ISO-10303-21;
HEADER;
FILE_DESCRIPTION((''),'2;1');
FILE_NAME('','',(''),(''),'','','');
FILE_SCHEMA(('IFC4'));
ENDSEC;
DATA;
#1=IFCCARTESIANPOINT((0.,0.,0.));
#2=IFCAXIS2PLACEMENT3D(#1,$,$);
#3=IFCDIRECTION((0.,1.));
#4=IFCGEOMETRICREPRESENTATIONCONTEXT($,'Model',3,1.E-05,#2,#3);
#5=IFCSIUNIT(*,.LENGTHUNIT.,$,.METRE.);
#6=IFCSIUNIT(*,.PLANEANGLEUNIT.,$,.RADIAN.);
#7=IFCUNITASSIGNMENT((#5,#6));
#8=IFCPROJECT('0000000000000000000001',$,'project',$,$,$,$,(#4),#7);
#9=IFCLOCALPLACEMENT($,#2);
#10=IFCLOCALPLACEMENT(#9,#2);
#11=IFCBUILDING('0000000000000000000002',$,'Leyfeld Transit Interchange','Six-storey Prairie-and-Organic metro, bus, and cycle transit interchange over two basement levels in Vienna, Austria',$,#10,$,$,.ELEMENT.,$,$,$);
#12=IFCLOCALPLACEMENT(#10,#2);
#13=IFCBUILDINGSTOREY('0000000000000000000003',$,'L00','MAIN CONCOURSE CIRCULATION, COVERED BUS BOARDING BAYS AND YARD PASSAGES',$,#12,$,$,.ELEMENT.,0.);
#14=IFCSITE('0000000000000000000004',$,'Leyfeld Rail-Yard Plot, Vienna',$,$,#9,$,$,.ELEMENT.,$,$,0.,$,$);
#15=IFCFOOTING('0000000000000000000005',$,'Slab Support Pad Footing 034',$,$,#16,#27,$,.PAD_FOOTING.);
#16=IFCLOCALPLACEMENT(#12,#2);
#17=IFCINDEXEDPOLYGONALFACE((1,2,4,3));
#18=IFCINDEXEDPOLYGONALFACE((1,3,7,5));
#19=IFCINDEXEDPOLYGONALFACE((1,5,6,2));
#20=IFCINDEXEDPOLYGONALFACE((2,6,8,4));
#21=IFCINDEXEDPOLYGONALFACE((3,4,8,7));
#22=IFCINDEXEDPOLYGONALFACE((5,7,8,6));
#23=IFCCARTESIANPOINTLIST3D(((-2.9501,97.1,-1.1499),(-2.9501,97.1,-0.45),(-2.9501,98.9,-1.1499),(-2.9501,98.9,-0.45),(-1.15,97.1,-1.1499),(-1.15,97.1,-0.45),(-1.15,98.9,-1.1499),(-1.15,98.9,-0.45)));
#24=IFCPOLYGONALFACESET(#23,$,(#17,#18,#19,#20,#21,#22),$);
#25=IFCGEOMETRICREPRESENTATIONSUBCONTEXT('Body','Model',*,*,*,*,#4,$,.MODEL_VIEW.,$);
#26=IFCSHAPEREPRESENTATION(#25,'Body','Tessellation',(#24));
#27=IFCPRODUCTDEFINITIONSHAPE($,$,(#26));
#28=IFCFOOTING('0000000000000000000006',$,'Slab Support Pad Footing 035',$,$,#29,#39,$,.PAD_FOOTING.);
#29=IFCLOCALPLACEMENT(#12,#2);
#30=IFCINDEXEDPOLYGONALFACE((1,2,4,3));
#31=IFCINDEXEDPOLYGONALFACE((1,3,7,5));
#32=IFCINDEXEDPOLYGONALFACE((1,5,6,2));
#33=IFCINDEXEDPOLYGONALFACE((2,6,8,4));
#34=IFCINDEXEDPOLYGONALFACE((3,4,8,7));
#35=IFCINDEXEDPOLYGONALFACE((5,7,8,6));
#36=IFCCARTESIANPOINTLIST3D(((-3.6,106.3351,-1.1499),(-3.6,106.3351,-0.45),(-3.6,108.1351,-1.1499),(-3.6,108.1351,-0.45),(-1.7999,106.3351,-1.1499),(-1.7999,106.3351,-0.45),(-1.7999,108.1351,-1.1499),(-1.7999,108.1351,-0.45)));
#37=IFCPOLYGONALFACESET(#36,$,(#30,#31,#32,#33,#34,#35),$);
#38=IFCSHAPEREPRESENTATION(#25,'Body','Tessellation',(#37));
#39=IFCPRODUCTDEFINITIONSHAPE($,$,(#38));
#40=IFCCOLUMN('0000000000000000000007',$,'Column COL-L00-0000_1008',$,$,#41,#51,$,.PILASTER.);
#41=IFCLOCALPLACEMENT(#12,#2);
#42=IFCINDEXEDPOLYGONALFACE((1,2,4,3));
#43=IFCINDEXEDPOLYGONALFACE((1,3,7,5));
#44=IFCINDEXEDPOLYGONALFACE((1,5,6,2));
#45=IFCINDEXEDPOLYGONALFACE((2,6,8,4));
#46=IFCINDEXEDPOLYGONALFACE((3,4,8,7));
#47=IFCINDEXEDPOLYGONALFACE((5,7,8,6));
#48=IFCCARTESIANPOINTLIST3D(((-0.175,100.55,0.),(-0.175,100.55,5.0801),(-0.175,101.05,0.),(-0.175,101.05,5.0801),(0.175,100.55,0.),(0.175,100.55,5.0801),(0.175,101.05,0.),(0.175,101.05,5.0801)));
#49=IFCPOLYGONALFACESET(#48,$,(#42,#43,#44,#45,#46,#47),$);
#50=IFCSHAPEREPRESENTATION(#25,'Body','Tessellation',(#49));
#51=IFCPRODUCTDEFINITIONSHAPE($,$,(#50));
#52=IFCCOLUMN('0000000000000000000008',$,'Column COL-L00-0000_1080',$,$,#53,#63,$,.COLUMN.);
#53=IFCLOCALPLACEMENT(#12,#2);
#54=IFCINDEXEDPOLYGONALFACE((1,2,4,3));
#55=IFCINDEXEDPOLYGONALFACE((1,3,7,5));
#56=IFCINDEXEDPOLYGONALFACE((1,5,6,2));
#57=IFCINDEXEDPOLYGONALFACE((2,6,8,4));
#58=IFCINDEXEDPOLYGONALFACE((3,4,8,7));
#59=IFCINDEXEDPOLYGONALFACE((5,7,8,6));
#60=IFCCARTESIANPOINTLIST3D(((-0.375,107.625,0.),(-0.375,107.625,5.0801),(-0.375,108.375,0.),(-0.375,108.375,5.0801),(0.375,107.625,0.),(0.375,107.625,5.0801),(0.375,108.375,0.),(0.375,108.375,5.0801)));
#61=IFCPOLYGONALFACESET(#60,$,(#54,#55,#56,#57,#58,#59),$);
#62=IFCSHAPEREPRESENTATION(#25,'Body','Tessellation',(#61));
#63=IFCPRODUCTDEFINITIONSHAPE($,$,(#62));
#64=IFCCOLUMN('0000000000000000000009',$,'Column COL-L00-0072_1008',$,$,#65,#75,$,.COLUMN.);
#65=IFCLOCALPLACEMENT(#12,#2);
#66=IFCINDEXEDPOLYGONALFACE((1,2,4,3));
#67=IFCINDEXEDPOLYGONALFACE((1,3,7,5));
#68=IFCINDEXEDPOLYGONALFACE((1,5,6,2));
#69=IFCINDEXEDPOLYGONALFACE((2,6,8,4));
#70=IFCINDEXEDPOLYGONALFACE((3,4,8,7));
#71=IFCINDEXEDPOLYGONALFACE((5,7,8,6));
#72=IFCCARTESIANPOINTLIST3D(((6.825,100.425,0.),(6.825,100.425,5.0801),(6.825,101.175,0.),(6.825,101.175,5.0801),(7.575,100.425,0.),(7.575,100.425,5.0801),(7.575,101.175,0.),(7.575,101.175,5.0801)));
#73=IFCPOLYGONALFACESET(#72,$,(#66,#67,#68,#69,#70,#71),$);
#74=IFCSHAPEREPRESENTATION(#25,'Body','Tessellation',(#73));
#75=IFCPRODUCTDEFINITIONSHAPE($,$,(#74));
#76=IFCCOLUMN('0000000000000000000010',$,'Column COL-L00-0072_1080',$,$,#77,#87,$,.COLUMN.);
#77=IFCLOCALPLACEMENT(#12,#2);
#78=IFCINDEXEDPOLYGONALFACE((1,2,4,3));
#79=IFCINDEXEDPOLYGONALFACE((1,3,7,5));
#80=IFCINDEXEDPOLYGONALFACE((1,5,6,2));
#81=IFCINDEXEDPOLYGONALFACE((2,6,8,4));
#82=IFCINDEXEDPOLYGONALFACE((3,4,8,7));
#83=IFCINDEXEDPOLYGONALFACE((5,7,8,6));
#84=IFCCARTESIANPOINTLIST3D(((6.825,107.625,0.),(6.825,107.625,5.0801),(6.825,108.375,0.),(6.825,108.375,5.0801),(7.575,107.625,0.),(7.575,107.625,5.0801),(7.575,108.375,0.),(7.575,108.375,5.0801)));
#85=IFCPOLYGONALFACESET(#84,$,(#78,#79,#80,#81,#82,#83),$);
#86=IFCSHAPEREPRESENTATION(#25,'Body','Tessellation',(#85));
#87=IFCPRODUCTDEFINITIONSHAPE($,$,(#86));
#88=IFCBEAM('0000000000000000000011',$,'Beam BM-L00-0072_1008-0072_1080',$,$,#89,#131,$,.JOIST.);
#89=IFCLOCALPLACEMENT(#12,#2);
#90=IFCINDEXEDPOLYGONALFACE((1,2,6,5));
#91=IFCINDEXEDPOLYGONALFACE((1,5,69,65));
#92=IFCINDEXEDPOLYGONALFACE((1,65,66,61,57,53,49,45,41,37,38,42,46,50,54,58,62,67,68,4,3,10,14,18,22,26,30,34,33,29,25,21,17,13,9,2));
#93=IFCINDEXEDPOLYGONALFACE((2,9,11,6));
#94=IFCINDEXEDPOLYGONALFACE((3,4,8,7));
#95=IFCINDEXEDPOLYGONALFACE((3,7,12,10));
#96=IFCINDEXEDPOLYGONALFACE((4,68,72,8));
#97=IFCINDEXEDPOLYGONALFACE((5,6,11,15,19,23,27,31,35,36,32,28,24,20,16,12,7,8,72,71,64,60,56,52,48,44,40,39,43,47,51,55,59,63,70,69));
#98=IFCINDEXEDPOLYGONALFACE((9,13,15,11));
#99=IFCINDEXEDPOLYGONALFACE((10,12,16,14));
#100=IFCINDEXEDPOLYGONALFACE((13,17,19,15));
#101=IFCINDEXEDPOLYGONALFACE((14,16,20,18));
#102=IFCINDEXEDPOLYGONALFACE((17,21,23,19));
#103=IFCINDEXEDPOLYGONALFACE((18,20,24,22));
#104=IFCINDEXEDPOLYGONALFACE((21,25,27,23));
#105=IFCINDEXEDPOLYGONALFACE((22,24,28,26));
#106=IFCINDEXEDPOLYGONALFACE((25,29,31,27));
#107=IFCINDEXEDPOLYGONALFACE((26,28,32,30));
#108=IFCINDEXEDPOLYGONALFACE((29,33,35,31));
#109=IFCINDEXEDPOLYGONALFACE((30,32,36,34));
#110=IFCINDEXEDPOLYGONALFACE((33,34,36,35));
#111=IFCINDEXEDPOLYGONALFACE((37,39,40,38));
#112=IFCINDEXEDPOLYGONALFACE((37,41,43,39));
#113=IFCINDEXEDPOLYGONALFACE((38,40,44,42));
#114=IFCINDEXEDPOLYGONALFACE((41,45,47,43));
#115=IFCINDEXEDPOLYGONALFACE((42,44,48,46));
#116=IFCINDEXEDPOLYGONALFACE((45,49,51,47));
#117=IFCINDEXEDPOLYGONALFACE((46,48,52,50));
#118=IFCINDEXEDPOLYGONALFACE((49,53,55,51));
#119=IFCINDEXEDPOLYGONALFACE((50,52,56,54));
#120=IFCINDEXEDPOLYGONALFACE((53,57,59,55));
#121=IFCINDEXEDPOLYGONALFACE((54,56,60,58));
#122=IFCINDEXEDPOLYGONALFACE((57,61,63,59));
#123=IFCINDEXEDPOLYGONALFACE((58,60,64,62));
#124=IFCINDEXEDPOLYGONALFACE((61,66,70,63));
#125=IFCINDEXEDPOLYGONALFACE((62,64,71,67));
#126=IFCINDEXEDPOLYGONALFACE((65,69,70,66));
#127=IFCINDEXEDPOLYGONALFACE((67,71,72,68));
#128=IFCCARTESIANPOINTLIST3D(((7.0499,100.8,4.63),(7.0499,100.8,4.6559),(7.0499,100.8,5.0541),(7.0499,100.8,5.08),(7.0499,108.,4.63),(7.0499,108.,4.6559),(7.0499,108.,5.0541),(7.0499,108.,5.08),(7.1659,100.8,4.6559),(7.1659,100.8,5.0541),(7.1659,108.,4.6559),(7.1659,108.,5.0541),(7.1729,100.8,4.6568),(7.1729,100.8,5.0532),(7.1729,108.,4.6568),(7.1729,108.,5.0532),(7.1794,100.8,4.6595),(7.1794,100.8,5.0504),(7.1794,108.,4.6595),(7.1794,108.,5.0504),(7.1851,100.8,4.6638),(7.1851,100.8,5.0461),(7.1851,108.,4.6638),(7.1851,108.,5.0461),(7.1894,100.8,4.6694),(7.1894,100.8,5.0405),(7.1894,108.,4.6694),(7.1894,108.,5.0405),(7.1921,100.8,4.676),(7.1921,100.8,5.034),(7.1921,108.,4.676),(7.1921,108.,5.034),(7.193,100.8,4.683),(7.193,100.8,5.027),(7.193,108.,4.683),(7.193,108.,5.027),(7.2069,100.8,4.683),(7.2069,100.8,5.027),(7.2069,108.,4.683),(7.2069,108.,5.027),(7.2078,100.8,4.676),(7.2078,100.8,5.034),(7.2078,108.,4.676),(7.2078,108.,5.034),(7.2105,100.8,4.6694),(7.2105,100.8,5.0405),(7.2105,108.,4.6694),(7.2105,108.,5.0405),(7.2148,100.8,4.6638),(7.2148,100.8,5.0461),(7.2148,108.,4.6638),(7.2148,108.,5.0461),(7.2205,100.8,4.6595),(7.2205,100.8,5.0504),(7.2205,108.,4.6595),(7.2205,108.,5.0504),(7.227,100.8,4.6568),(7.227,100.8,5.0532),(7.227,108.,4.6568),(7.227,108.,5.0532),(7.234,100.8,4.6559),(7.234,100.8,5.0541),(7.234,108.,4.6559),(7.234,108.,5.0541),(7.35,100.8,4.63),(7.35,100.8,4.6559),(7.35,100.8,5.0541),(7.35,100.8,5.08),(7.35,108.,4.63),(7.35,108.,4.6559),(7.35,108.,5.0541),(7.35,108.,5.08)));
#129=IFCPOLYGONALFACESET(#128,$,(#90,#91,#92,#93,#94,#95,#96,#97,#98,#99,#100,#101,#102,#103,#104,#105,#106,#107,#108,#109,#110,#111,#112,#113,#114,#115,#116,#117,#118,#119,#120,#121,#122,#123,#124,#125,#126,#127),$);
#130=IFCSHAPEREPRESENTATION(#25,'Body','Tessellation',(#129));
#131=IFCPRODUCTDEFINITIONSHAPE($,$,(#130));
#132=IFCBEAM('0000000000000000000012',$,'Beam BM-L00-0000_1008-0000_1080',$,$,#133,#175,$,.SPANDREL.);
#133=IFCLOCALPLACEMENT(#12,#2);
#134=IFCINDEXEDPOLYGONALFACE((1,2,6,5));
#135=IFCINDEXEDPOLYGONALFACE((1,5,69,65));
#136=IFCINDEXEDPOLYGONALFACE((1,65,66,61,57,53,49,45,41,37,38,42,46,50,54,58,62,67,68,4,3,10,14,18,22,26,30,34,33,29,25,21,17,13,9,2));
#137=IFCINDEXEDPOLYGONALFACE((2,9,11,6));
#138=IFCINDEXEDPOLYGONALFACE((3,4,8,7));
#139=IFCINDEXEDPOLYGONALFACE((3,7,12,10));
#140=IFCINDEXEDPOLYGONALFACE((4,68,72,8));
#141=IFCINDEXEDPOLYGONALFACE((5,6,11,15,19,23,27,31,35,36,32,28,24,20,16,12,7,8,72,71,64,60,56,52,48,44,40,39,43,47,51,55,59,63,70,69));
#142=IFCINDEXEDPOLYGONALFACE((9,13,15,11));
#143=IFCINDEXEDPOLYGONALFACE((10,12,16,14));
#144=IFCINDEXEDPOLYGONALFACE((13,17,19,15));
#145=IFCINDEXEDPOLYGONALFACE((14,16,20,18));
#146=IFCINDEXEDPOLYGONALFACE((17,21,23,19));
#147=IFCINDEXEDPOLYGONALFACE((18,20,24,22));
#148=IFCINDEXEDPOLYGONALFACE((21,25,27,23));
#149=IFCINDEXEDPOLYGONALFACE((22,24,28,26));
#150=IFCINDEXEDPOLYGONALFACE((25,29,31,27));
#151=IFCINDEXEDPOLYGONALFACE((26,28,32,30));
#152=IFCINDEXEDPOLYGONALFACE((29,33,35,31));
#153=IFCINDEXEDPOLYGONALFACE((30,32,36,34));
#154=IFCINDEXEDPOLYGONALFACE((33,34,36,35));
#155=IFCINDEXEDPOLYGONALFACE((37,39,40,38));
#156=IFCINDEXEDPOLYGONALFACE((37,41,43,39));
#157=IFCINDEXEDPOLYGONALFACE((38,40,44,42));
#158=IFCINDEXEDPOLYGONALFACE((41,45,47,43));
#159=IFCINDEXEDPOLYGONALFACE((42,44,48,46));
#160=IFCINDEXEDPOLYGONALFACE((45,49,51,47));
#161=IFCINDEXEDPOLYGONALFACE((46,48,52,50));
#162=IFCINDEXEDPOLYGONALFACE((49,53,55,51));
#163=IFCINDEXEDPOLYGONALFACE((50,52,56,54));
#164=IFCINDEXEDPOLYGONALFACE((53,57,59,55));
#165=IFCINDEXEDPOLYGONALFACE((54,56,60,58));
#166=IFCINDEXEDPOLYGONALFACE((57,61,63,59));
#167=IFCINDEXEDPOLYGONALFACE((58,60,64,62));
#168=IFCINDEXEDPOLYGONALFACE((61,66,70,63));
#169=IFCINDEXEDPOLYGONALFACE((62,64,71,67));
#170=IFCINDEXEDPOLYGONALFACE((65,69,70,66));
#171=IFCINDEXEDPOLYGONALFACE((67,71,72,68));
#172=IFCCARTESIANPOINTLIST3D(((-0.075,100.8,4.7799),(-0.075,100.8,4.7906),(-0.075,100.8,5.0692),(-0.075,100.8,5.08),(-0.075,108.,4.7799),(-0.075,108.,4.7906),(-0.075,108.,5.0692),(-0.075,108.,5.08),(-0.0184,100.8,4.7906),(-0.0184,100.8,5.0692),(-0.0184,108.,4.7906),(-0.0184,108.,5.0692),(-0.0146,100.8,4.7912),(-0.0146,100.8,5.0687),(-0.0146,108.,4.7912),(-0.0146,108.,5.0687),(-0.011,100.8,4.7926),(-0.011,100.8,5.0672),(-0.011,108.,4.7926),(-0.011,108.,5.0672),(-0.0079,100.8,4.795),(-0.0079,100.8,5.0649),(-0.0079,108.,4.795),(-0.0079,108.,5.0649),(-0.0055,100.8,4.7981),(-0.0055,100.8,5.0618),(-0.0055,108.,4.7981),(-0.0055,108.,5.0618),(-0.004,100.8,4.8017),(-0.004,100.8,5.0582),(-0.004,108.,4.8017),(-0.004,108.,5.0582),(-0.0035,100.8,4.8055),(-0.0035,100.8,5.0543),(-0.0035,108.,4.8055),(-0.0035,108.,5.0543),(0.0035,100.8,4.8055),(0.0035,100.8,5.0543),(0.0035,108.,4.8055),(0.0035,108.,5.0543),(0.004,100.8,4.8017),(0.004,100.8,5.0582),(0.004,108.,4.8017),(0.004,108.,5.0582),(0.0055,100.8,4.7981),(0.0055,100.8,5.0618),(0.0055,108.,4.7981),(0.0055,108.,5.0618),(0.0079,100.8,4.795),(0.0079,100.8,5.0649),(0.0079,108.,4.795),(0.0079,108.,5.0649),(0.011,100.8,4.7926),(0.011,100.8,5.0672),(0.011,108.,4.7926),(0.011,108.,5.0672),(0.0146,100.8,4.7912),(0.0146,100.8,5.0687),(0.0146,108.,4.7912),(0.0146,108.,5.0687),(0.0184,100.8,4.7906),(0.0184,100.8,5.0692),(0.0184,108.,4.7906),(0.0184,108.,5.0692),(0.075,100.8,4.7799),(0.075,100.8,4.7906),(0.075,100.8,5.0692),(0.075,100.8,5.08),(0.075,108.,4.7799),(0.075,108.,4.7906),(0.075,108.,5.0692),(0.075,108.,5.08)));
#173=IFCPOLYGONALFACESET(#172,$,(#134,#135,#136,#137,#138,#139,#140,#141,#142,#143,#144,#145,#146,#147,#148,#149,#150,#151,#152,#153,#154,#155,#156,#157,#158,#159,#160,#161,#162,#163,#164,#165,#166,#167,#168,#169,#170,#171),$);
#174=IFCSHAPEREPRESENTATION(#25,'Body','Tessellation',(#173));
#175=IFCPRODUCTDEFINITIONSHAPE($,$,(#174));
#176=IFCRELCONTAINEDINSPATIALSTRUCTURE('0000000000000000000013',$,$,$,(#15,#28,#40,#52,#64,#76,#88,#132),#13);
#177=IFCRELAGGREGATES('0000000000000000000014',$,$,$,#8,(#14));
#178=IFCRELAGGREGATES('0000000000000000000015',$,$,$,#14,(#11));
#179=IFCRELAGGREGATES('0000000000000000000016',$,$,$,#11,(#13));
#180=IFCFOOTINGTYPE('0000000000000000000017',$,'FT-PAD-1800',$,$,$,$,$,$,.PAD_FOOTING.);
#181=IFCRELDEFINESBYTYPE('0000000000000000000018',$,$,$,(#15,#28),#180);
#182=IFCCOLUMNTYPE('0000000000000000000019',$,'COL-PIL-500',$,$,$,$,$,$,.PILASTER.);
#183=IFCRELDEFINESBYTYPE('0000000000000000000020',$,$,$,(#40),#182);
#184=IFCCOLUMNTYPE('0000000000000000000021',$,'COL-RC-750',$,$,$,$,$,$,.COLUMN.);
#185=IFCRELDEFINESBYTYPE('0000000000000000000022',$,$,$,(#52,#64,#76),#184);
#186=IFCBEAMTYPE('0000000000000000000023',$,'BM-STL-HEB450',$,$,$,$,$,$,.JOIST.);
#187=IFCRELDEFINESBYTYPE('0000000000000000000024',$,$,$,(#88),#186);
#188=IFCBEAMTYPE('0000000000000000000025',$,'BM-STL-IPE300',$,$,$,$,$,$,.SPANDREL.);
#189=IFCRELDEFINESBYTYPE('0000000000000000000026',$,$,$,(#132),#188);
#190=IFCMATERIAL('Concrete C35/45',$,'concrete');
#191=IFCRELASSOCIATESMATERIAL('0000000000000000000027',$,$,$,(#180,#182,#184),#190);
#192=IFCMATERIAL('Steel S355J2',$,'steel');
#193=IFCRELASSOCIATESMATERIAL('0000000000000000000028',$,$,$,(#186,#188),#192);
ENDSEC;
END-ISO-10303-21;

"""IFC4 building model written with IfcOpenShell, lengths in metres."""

from ifc_helpers import new_model, si_unit, direction, frame, origin, origin_2d, place, context, subcontext, project, spatial, rectangle, i_section, extrude, material, material_profile, profile_set, type_object, element, save


model = new_model("IFC4")

# Units and contexts
model_context = context("Model", 3, precision=1e-05, world=origin(), true_north=direction((0.0, 1.0)))
body_context = subcontext(model_context, "Body", "Model", "MODEL_VIEW")
ifc_project = project(units=[si_unit("LENGTHUNIT", "METRE"), si_unit("PLANEANGLEUNIT", "RADIAN")], contexts=[model_context])

# Site, building, storey
site_placement = place(None, origin())
site = spatial("IfcSite", under=ifc_project, at=site_placement, Name="Leyfeld Rail-Yard Plot, Vienna", CompositionType="ELEMENT", RefElevation=0.0)
building_placement = place(site_placement, origin())
building = spatial("IfcBuilding", under=site, at=building_placement, Name="Leyfeld Transit Interchange", Description="Six-storey Prairie-and-Organic metro, bus, and cycle transit interchange over two basement levels in Vienna, Austria", CompositionType="ELEMENT")
storey_placement = place(building_placement, origin())
storey = spatial("IfcBuildingStorey", under=building, at=storey_placement, Name="L00", Description="MAIN CONCOURSE CIRCULATION, COVERED BUS BOARDING BAYS AND YARD PASSAGES", CompositionType="ELEMENT", Elevation=0.0)

# Footings
ifc_material_1 = material(Name="Concrete C35/45", Category="concrete")
footing_type = type_object("IfcFootingType", Name="FT-PAD-1800", PredefinedType="PAD_FOOTING", material=ifc_material_1)
for number, where, z_axis, x_axis, name in (
    (1, (-2.05, 98.0, -1.1499), (0.0, 0.0, 1.0), (1.0, 0.0, 0.0), "Slab Support Pad Footing 034"),
    (2, (-2.7, 107.2351, -1.1499), (0.0, 0.0, 1.0), (1.0, 0.0, 0.0), "Slab Support Pad Footing 035"),
):
    element("IfcFooting", number, at=place(storey_placement, frame(where, z_axis=z_axis, x_axis=x_axis)), inside=storey, type_object=footing_type, Name=name, PredefinedType="PAD_FOOTING", context=body_context, shape_type="SweptSolid", body=[
        extrude(rectangle(XDim=1.8, YDim=1.8, at=origin_2d()), origin(), (0.0, 0.0, 1.0), 0.7),
    ])

# Columns
ifc_material_profile_1 = material_profile(ifc_material_1, rectangle(XDim=0.3501, YDim=0.5, at=origin_2d()), Name="RC 500x350")
ifc_profile_set_1 = profile_set([ifc_material_profile_1], Name="Concrete C35/45")
column_type_1 = type_object("IfcColumnType", Name="COL-PIL-500", PredefinedType="PILASTER", material=ifc_profile_set_1)
column_placement = place(storey_placement, frame((0.0, 100.8, 0.0), z_axis=(0.0, 0.0, 1.0), x_axis=(1.0, 0.0, 0.0)))
element("IfcColumn", 3, at=column_placement, inside=storey, type_object=column_type_1, Name="Column COL-L00-0000_1008", PredefinedType="PILASTER", context=body_context, shape_type="SweptSolid", body=[
    extrude(rectangle(XDim=0.3501, YDim=0.5, at=origin_2d()), origin(), (0.0, 0.0, 1.0), 5.0801),
])
ifc_material_profile_2 = material_profile(ifc_material_1, rectangle(XDim=0.75, YDim=0.75, at=origin_2d()), Name="RC 750x750")
ifc_profile_set_2 = profile_set([ifc_material_profile_2], Name="Concrete C35/45")
column_type_2 = type_object("IfcColumnType", Name="COL-RC-750", PredefinedType="COLUMN", material=ifc_profile_set_2)
for number, where, z_axis, x_axis, name in (
    (4, (0.0, 108.0, 0.0), (0.0, 0.0, 1.0), (1.0, 0.0, 0.0), "Column COL-L00-0000_1080"),
    (5, (7.2, 100.8, 0.0), (0.0, 0.0, 1.0), (1.0, 0.0, 0.0), "Column COL-L00-0072_1008"),
    (6, (7.2, 108.0, 0.0), (0.0, 0.0, 1.0), (1.0, 0.0, 0.0), "Column COL-L00-0072_1080"),
):
    element("IfcColumn", number, at=place(storey_placement, frame(where, z_axis=z_axis, x_axis=x_axis)), inside=storey, type_object=column_type_2, Name=name, PredefinedType="COLUMN", context=body_context, shape_type="SweptSolid", body=[
        extrude(rectangle(XDim=0.75, YDim=0.75, at=origin_2d()), origin(), (0.0, 0.0, 1.0), 5.0801),
    ])

# Beams
ifc_material_2 = material(Name="Steel S355J2", Category="steel")
ifc_material_profile_3 = material_profile(ifc_material_2, i_section(OverallWidth=0.3, OverallDepth=0.45, WebThickness=0.0139, FlangeThickness=0.0259, FilletRadius=0.0271, at=origin_2d()), Name="HEB 450")
ifc_profile_set_3 = profile_set([ifc_material_profile_3], Name="Steel S355J2")
beam_type_1 = type_object("IfcBeamType", Name="BM-STL-HEB450", PredefinedType="JOIST", material=ifc_profile_set_3)
beam_placement = place(storey_placement, frame((7.2, 100.8, 4.855), z_axis=(0.0, 1.0, 0.0), x_axis=(-1.0, 0.0, 0.0)))
element("IfcBeam", 7, at=beam_placement, inside=storey, type_object=beam_type_1, Name="Beam BM-L00-0072_1008-0072_1080", PredefinedType="JOIST", context=body_context, shape_type="SweptSolid", body=[
    extrude(i_section(OverallWidth=0.3, OverallDepth=0.45, WebThickness=0.0139, FlangeThickness=0.0259, FilletRadius=0.0271, at=origin_2d()), origin(), (0.0, 0.0, 1.0), 7.2),
])
ifc_material_profile_4 = material_profile(ifc_material_2, i_section(OverallWidth=0.1499, OverallDepth=0.3, WebThickness=0.0071, FlangeThickness=0.0107, FilletRadius=0.0149, at=origin_2d()), Name="IPE 300")
ifc_profile_set_4 = profile_set([ifc_material_profile_4], Name="Steel S355J2")
beam_type_2 = type_object("IfcBeamType", Name="BM-STL-IPE300", PredefinedType="SPANDREL", material=ifc_profile_set_4)
for number, where, z_axis, x_axis, name in (
    (8, (0.0, 100.8, 4.9299), (0.0, 1.0, 0.0), (-1.0, 0.0, 0.0), "Beam BM-L00-0000_1008-0000_1080"),
):
    element("IfcBeam", number, at=place(storey_placement, frame(where, z_axis=z_axis, x_axis=x_axis)), inside=storey, type_object=beam_type_2, Name=name, PredefinedType="SPANDREL", context=body_context, shape_type="SweptSolid", body=[
        extrude(i_section(OverallWidth=0.1499, OverallDepth=0.3, WebThickness=0.0071, FlangeThickness=0.0107, FilletRadius=0.0149, at=origin_2d()), origin(), (0.0, 0.0, 1.0), 7.2),
    ])

save(model, "model.ifc")
